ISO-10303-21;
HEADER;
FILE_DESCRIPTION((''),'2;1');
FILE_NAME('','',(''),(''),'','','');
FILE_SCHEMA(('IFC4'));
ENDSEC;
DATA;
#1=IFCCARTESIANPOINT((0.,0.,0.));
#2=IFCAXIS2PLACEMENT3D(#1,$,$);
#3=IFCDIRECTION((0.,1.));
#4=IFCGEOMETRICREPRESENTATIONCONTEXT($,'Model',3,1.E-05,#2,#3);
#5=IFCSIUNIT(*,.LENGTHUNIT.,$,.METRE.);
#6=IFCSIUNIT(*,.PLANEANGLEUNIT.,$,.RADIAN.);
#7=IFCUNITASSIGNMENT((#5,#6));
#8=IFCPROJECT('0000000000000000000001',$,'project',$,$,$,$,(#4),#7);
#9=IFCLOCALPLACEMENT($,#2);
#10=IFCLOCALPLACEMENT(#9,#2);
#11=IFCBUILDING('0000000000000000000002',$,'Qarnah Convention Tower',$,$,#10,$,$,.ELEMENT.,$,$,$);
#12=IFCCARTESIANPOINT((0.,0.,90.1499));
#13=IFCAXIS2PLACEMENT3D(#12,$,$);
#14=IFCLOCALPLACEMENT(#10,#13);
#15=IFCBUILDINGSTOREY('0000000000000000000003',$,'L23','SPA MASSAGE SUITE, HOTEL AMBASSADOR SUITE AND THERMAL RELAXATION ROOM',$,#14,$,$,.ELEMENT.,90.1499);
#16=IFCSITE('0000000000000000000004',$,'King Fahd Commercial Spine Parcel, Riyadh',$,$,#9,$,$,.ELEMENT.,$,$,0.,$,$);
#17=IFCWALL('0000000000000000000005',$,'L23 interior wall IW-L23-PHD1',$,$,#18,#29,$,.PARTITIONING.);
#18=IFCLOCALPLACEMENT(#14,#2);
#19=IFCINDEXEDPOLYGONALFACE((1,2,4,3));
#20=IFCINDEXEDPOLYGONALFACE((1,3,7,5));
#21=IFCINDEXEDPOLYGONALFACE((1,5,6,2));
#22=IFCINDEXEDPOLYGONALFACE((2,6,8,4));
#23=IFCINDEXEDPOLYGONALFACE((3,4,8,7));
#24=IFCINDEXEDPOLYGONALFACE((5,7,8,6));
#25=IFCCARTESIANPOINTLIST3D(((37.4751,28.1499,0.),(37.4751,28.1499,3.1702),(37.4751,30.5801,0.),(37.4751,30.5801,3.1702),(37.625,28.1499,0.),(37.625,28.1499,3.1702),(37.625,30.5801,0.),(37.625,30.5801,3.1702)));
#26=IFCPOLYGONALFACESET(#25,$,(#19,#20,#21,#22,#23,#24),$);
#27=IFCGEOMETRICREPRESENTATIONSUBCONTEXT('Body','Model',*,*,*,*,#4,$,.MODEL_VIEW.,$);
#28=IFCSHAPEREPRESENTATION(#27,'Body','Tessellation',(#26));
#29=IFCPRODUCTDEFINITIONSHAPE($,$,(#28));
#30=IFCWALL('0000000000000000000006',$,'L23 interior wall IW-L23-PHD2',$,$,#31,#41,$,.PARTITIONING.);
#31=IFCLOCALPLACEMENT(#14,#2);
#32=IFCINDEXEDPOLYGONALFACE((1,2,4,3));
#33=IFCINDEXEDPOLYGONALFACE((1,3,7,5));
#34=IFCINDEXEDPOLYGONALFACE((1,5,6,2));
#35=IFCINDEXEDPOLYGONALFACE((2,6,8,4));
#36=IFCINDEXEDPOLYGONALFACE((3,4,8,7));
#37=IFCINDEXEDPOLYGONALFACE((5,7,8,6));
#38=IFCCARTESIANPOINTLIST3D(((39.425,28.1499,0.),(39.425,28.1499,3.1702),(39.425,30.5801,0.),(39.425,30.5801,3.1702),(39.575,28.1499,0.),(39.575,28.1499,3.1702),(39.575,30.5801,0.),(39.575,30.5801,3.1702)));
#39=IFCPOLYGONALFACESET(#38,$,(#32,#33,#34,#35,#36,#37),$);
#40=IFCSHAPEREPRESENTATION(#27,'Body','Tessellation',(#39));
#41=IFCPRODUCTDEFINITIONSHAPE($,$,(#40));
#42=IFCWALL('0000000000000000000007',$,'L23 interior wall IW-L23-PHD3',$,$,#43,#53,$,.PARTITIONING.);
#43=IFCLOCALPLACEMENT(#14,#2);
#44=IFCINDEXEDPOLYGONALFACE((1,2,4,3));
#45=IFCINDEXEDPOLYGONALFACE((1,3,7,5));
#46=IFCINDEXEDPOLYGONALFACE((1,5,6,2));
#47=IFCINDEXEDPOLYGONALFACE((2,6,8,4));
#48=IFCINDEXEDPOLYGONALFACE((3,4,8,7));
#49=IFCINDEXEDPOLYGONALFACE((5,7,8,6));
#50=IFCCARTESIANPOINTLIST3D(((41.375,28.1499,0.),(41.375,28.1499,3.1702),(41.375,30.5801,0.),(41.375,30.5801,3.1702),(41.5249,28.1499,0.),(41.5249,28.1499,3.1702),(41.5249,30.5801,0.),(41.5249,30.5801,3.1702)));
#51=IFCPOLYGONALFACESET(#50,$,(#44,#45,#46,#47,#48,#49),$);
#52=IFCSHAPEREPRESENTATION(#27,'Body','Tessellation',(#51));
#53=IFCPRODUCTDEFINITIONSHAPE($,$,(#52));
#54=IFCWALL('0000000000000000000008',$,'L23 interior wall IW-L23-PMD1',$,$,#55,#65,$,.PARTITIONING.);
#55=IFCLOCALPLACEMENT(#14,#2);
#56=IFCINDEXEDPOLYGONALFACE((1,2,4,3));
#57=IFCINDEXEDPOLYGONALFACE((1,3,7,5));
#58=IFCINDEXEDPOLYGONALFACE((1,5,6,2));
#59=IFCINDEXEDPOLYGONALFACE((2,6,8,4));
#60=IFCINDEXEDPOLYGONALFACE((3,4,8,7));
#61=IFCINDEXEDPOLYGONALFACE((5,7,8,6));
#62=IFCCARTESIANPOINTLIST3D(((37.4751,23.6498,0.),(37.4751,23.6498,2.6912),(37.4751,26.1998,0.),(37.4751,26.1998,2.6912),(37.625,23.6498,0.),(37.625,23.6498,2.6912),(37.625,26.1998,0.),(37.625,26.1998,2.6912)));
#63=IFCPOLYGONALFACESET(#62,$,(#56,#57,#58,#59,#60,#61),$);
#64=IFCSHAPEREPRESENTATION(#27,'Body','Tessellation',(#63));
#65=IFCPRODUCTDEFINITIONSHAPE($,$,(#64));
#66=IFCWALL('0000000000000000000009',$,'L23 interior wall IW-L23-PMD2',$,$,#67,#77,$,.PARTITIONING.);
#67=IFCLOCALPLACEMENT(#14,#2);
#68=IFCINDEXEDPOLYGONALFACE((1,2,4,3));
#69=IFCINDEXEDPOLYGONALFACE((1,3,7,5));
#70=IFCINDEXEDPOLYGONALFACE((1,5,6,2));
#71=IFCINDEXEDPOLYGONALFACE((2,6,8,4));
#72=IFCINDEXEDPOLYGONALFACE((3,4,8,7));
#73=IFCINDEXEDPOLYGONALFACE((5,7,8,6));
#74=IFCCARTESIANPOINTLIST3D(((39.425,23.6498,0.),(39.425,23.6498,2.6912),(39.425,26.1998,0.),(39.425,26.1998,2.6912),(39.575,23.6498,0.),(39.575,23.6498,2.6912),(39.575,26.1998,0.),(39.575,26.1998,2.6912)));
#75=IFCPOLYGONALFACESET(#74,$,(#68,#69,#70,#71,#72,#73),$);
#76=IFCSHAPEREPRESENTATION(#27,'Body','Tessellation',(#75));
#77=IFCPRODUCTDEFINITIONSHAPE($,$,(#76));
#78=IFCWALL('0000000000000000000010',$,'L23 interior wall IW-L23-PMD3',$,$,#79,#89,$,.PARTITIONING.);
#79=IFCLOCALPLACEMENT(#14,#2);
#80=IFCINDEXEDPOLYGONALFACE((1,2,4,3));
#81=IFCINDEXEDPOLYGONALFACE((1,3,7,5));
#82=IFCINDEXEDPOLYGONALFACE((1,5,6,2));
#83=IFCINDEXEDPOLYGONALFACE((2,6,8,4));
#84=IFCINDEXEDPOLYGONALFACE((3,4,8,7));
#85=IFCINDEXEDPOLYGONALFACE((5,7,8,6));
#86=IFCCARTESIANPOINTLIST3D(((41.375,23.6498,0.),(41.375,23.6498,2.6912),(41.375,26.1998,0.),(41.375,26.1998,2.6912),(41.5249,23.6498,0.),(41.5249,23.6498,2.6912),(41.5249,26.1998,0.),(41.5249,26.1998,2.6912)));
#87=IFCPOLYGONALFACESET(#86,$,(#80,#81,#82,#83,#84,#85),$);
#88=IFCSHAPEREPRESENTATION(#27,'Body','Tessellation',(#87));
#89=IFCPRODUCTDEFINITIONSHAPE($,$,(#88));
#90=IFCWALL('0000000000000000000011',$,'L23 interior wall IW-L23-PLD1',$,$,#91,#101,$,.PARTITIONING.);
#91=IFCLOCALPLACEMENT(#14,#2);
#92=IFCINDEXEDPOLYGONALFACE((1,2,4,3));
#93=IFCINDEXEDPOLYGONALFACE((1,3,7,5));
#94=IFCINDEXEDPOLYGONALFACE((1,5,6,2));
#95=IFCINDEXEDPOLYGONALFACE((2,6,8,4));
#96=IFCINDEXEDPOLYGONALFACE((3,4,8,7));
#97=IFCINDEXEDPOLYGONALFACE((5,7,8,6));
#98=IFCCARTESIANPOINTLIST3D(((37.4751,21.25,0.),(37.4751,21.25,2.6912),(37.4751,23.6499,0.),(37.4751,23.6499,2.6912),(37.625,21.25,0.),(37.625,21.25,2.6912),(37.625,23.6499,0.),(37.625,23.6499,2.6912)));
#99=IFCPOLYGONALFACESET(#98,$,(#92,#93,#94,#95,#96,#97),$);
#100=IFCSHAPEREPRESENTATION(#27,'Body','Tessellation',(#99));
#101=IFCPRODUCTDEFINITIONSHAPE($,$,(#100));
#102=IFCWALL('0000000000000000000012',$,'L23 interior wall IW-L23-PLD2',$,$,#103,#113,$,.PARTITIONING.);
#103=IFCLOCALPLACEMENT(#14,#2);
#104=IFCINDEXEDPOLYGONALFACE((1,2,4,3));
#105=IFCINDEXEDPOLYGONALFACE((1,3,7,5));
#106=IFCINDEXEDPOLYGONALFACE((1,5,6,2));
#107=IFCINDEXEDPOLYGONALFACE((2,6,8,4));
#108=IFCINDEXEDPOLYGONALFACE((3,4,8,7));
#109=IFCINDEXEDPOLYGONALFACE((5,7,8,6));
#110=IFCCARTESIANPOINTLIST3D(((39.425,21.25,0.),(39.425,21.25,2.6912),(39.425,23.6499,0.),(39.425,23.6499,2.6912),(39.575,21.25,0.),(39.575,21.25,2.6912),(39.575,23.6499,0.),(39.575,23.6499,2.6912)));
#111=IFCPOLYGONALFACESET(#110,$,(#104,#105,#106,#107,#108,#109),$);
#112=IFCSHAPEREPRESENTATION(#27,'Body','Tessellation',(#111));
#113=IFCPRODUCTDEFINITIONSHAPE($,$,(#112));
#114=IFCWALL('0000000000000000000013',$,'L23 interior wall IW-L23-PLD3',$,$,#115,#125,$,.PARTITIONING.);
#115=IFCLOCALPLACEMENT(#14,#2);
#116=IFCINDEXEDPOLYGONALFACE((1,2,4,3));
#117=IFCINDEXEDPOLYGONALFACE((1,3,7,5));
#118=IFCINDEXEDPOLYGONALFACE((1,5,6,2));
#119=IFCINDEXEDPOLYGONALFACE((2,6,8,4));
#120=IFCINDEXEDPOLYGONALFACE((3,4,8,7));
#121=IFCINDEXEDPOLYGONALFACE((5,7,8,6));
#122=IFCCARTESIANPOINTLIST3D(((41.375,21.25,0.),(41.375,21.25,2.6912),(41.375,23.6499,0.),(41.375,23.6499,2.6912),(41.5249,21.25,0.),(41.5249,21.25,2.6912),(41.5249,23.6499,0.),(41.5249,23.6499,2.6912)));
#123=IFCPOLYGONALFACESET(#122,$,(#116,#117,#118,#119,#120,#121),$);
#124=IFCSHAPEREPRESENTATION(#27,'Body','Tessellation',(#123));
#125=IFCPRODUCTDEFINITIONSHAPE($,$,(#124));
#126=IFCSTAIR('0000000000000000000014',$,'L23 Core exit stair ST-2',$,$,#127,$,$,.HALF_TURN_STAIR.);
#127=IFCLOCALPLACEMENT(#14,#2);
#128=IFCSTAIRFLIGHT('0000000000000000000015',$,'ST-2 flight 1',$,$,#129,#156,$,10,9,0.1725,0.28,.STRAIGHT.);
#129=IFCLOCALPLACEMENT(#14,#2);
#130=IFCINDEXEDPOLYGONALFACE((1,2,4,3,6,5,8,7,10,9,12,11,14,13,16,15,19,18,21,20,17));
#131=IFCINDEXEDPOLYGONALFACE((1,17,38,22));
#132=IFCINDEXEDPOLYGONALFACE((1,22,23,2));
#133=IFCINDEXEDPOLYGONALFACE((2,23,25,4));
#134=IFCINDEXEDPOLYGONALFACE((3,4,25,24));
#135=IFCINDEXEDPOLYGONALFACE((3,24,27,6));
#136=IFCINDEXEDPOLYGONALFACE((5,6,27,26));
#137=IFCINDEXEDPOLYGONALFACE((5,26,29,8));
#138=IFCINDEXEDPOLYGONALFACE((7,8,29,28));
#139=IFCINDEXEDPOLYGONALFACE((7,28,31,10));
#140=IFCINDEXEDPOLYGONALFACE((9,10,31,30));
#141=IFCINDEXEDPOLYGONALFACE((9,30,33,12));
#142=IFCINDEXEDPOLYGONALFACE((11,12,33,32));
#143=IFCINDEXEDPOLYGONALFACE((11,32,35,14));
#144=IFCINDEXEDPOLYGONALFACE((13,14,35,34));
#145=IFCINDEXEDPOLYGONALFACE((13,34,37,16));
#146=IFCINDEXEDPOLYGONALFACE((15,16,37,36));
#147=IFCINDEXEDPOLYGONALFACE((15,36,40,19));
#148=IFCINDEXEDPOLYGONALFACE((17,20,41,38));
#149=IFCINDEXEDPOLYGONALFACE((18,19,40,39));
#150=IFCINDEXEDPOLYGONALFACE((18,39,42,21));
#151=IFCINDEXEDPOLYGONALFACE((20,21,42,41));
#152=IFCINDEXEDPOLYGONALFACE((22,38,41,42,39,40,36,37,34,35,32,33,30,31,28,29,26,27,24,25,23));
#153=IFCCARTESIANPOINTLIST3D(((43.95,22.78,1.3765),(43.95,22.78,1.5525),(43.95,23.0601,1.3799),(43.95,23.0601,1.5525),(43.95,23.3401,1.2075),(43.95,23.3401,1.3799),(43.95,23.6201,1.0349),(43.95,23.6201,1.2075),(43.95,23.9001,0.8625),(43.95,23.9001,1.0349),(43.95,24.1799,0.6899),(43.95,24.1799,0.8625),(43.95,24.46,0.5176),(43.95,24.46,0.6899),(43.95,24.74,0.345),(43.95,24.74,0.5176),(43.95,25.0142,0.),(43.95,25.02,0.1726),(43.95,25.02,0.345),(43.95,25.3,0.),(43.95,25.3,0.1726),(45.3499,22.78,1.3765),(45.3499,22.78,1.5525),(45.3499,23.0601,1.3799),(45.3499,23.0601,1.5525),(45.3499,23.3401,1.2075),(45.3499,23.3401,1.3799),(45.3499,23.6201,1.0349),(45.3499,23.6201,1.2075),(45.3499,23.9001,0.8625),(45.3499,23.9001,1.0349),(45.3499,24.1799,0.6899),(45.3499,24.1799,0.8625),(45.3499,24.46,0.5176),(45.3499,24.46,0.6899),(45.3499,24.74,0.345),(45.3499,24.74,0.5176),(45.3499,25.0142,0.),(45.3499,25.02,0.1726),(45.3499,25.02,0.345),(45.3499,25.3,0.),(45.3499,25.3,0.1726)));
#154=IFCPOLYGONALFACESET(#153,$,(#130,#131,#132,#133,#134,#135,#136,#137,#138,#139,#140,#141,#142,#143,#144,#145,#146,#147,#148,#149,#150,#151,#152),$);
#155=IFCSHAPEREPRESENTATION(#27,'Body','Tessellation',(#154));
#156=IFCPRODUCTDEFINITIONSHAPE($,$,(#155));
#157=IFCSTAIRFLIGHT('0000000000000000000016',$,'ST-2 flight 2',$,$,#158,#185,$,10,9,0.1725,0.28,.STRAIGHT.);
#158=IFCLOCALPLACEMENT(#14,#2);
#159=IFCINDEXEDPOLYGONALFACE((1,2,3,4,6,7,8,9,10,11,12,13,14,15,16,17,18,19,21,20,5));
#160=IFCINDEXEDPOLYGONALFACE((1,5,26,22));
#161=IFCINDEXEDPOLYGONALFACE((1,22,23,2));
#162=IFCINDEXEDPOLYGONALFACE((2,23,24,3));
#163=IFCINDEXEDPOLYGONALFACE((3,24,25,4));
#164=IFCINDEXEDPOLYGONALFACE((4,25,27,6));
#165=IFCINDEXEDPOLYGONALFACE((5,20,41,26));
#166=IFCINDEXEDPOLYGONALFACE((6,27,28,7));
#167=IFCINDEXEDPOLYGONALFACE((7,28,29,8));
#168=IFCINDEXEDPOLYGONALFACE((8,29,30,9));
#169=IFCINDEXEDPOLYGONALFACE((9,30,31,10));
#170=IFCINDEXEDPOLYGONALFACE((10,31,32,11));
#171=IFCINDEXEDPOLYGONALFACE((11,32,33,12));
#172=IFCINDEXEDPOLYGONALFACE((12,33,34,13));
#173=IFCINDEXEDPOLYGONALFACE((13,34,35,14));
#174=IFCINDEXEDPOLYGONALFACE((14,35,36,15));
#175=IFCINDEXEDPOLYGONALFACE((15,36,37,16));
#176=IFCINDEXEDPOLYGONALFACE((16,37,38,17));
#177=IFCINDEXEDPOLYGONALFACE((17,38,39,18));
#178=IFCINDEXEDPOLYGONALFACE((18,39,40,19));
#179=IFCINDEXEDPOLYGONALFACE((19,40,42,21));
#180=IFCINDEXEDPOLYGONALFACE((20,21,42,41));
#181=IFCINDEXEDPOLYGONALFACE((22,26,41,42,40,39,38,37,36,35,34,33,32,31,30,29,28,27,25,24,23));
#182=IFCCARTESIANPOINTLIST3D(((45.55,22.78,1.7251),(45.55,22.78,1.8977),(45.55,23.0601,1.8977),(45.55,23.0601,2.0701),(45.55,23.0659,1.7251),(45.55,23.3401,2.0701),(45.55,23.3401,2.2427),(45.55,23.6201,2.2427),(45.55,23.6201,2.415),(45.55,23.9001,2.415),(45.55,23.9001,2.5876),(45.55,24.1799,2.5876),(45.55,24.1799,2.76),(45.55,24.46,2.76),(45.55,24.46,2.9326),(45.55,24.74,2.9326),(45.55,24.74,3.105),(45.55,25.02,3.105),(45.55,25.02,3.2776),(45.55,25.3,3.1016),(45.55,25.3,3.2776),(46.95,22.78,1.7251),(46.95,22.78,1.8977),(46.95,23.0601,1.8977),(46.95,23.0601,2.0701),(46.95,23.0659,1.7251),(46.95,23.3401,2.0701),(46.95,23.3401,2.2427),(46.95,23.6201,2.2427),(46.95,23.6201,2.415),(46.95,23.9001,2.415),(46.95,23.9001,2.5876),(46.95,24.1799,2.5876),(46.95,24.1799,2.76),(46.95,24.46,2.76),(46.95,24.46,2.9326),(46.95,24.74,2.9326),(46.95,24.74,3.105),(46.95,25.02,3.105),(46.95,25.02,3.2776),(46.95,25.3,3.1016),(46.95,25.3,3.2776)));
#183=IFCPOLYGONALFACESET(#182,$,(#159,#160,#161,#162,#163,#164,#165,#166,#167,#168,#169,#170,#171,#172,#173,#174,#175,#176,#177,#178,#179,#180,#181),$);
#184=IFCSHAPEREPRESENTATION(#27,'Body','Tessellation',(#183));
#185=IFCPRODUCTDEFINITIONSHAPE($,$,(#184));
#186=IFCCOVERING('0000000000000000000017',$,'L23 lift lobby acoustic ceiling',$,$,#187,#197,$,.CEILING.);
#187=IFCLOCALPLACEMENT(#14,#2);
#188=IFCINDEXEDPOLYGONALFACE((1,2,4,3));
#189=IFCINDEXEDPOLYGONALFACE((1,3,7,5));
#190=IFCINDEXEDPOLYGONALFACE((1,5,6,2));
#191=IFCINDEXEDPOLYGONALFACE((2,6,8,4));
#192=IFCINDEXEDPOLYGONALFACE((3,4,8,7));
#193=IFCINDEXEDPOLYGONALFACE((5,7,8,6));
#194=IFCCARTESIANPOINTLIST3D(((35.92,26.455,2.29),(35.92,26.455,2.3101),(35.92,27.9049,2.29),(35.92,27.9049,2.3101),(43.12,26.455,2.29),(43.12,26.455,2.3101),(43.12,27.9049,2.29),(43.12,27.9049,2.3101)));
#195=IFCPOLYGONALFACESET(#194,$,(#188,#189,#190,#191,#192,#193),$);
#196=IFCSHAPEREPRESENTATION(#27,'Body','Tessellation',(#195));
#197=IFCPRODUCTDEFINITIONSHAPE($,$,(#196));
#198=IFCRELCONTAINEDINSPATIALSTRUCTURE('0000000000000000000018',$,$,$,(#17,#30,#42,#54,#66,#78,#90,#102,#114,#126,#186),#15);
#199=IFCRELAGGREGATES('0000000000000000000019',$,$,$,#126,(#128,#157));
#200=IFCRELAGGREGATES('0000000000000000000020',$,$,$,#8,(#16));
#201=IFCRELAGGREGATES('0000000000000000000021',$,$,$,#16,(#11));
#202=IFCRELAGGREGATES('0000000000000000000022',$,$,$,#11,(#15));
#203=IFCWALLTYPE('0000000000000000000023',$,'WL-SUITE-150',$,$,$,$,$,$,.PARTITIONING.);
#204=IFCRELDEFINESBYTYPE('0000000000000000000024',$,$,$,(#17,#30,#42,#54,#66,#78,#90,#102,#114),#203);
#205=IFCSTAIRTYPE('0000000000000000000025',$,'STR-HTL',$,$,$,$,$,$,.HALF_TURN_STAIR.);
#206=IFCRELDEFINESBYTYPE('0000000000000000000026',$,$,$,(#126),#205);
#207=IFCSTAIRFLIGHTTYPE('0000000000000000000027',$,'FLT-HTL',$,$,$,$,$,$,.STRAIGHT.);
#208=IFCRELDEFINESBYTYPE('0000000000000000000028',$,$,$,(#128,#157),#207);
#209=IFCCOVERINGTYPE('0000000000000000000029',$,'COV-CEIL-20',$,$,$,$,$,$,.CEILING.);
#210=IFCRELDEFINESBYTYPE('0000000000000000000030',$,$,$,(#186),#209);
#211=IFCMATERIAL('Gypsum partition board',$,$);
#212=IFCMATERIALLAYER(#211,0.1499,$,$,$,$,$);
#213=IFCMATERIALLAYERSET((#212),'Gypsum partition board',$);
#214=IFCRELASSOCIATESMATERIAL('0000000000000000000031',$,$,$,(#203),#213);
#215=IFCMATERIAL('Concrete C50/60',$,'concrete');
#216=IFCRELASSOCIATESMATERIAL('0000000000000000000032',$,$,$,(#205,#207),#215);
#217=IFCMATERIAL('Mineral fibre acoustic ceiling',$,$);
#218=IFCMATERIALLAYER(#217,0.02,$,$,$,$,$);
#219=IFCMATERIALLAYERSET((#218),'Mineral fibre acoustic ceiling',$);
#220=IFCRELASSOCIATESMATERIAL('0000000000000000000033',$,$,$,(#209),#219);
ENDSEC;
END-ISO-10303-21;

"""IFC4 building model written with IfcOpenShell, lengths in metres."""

from ifc_helpers import new_model, si_unit, direction, frame, frame_2d, origin, origin_2d, place, context, subcontext, project, spatial, polyline, rectangle, outline, extrude, material, layer, layer_set, type_object, element, aggregate, save


model = new_model("IFC4")

# Units and contexts
model_context = context("Model", 3, precision=1e-05, world=origin(), true_north=direction((0.0, 1.0)))
body_context = subcontext(model_context, "Body", "Model", "MODEL_VIEW")
ifc_project = project(units=[si_unit("LENGTHUNIT", "METRE"), si_unit("PLANEANGLEUNIT", "RADIAN")], contexts=[model_context])

# Site, building, storey
site_placement = place(None, origin())
site = spatial("IfcSite", under=ifc_project, at=site_placement, Name="King Fahd Commercial Spine Parcel, Riyadh", CompositionType="ELEMENT", RefElevation=0.0)
building_placement = place(site_placement, origin())
building = spatial("IfcBuilding", under=site, at=building_placement, Name="Qarnah Convention Tower", CompositionType="ELEMENT")
storey_placement = place(building_placement, frame((0.0, 0.0, 90.1499)))
storey = spatial("IfcBuildingStorey", under=building, at=storey_placement, Name="L23", Description="SPA MASSAGE SUITE, HOTEL AMBASSADOR SUITE AND THERMAL RELAXATION ROOM", CompositionType="ELEMENT", Elevation=90.1499)

# Walls
ifc_material_1 = material(Name="Gypsum partition board")
ifc_layer_1 = layer(ifc_material_1, 0.1499)
ifc_layer_set_1 = layer_set([ifc_layer_1], Name="Gypsum partition board")
wall_type_1 = type_object("IfcWallType", Name="WL-SUITE-150", PredefinedType="PARTITIONING", material=ifc_layer_set_1)
for number, where, z_axis, x_axis, name in (
    (1, (37.55, 28.1499, 0.0), (0.0, 0.0, 1.0), (0.0, 1.0, 0.0), "L23 interior wall IW-L23-PHD1"),
    (2, (39.5, 28.1499, 0.0), (0.0, 0.0, 1.0), (0.0, 1.0, 0.0), "L23 interior wall IW-L23-PHD2"),
    (3, (41.45, 28.1499, 0.0), (0.0, 0.0, 1.0), (0.0, 1.0, 0.0), "L23 interior wall IW-L23-PHD3"),
):
    element("IfcWall", number, at=place(storey_placement, frame(where, z_axis=z_axis, x_axis=x_axis)), inside=storey, type_object=wall_type_1, Name=name, PredefinedType="PARTITIONING", context=body_context, shape_type="SweptSolid", body=[
        extrude(rectangle(XDim=2.4302, YDim=0.1499, at=frame_2d((1.2151, 0.0))), origin(), (0.0, 0.0, 1.0), 3.1702),
    ])
for number, where, z_axis, x_axis, name in (
    (4, (37.55, 23.6499, 0.0), (0.0, 0.0, 1.0), (0.0, 1.0, 0.0), "L23 interior wall IW-L23-PMD1"),
    (5, (39.5, 23.6499, 0.0), (0.0, 0.0, 1.0), (0.0, 1.0, 0.0), "L23 interior wall IW-L23-PMD2"),
    (6, (41.45, 23.6499, 0.0), (0.0, 0.0, 1.0), (0.0, 1.0, 0.0), "L23 interior wall IW-L23-PMD3"),
):
    element("IfcWall", number, at=place(storey_placement, frame(where, z_axis=z_axis, x_axis=x_axis)), inside=storey, type_object=wall_type_1, Name=name, PredefinedType="PARTITIONING", context=body_context, shape_type="SweptSolid", body=[
        extrude(rectangle(XDim=2.55, YDim=0.1499, at=frame_2d((1.2749, 0.0))), origin(), (0.0, 0.0, 1.0), 2.6912),
    ])
for number, where, z_axis, x_axis, name in (
    (7, (37.55, 21.25, 0.0), (0.0, 0.0, 1.0), (0.0, 1.0, 0.0), "L23 interior wall IW-L23-PLD1"),
    (8, (39.5, 21.25, 0.0), (0.0, 0.0, 1.0), (0.0, 1.0, 0.0), "L23 interior wall IW-L23-PLD2"),
    (9, (41.45, 21.25, 0.0), (0.0, 0.0, 1.0), (0.0, 1.0, 0.0), "L23 interior wall IW-L23-PLD3"),
):
    element("IfcWall", number, at=place(storey_placement, frame(where, z_axis=z_axis, x_axis=x_axis)), inside=storey, type_object=wall_type_1, Name=name, PredefinedType="PARTITIONING", context=body_context, shape_type="SweptSolid", body=[
        extrude(rectangle(XDim=2.3999, YDim=0.1499, at=frame_2d((1.2, 0.0))), origin(), (0.0, 0.0, 1.0), 2.6912),
    ])

# Stair, stair flights
ifc_material_2 = material(Name="Concrete C50/60", Category="concrete")
stair_type = type_object("IfcStairType", Name="STR-HTL", PredefinedType="HALF_TURN_STAIR", material=ifc_material_2)
stair_placement = place(storey_placement, origin())
stair = element("IfcStair", 10, at=stair_placement, inside=storey, type_object=stair_type, Name="L23 Core exit stair ST-2", PredefinedType="HALF_TURN_STAIR")
stair_flight_type = type_object("IfcStairFlightType", Name="FLT-HTL", PredefinedType="STRAIGHT", material=ifc_material_2)
stair_flight_1_placement = place(storey_placement, frame((44.6499, 25.3, 0.0), z_axis=(0.0, 0.0, 1.0), x_axis=(0.0, -1.0, 0.0)))
stair_flight_1 = element("IfcStairFlight", 11, at=stair_flight_1_placement, type_object=stair_flight_type, Name="ST-2 flight 1", NumberOfRisers=10, NumberOfTreads=9, PredefinedType="STRAIGHT", RiserHeight=0.1725, TreadLength=0.28, context=body_context, shape_type="SweptSolid", body=[
    extrude(outline(polyline([(0.0, 0.0), (0.0, 0.1726), (0.28, 0.1726), (0.28, 0.345), (0.5601, 0.345), (0.5601, 0.5176), (0.8401, 0.5176), (0.8401, 0.6899), (1.1201, 0.6899), (1.1201, 0.8625), (1.3999, 0.8625), (1.3999, 1.0349), (1.6799, 1.0349), (1.6799, 1.2075), (1.96, 1.2075), (1.96, 1.3799), (2.24, 1.3799), (2.24, 1.5525), (2.52, 1.5525), (2.52, 1.7251), (2.52, 1.3765), (0.2859, 0.0), (0.0, 0.0)])), frame((0.0, 0.7, 0.0), z_axis=(0.0, -1.0, 0.0), x_axis=(1.0, 0.0, 0.0)), (0.0, 0.0, 1.0), 1.3999),
])
stair_flight_2_placement = place(storey_placement, frame((46.25, 22.78, 1.7251), z_axis=(0.0, 0.0, 1.0), x_axis=(0.0, 1.0, 0.0)))
stair_flight_2 = element("IfcStairFlight", 12, at=stair_flight_2_placement, type_object=stair_flight_type, Name="ST-2 flight 2", NumberOfRisers=10, NumberOfTreads=9, PredefinedType="STRAIGHT", RiserHeight=0.1725, TreadLength=0.28, context=body_context, shape_type="SweptSolid", body=[
    extrude(outline(polyline([(0.0, 0.0), (0.0, 0.1726), (0.28, 0.1726), (0.28, 0.345), (0.5601, 0.345), (0.5601, 0.5176), (0.8401, 0.5176), (0.8401, 0.6899), (1.1201, 0.6899), (1.1201, 0.8625), (1.3999, 0.8625), (1.3999, 1.0349), (1.6799, 1.0349), (1.6799, 1.2075), (1.96, 1.2075), (1.96, 1.3799), (2.24, 1.3799), (2.24, 1.5525), (2.52, 1.5525), (2.52, 1.7251), (2.52, 1.3765), (0.2859, 0.0), (0.0, 0.0)])), frame((0.0, 0.7, 0.0), z_axis=(0.0, -1.0, 0.0), x_axis=(1.0, 0.0, 0.0)), (0.0, 0.0, 1.0), 1.3999),
])
aggregate(stair, [stair_flight_1, stair_flight_2])

# Covering
ifc_material_3 = material(Name="Mineral fibre acoustic ceiling")
ifc_layer_2 = layer(ifc_material_3, 0.02)
ifc_layer_set_2 = layer_set([ifc_layer_2], Name="Mineral fibre acoustic ceiling")
covering_type = type_object("IfcCoveringType", Name="COV-CEIL-20", PredefinedType="CEILING", material=ifc_layer_set_2)
covering_placement = place(storey_placement, frame((39.52, 27.1799, 2.29), z_axis=(0.0, 0.0, 1.0), x_axis=(1.0, 0.0, 0.0)))
element("IfcCovering", 13, at=covering_placement, inside=storey, type_object=covering_type, Name="L23 lift lobby acoustic ceiling", PredefinedType="CEILING", context=body_context, shape_type="SweptSolid", body=[
    extrude(rectangle(XDim=7.2, YDim=1.45, at=origin_2d()), origin(), (0.0, 0.0, 1.0), 0.02),
])

save(model, "model.ifc")
